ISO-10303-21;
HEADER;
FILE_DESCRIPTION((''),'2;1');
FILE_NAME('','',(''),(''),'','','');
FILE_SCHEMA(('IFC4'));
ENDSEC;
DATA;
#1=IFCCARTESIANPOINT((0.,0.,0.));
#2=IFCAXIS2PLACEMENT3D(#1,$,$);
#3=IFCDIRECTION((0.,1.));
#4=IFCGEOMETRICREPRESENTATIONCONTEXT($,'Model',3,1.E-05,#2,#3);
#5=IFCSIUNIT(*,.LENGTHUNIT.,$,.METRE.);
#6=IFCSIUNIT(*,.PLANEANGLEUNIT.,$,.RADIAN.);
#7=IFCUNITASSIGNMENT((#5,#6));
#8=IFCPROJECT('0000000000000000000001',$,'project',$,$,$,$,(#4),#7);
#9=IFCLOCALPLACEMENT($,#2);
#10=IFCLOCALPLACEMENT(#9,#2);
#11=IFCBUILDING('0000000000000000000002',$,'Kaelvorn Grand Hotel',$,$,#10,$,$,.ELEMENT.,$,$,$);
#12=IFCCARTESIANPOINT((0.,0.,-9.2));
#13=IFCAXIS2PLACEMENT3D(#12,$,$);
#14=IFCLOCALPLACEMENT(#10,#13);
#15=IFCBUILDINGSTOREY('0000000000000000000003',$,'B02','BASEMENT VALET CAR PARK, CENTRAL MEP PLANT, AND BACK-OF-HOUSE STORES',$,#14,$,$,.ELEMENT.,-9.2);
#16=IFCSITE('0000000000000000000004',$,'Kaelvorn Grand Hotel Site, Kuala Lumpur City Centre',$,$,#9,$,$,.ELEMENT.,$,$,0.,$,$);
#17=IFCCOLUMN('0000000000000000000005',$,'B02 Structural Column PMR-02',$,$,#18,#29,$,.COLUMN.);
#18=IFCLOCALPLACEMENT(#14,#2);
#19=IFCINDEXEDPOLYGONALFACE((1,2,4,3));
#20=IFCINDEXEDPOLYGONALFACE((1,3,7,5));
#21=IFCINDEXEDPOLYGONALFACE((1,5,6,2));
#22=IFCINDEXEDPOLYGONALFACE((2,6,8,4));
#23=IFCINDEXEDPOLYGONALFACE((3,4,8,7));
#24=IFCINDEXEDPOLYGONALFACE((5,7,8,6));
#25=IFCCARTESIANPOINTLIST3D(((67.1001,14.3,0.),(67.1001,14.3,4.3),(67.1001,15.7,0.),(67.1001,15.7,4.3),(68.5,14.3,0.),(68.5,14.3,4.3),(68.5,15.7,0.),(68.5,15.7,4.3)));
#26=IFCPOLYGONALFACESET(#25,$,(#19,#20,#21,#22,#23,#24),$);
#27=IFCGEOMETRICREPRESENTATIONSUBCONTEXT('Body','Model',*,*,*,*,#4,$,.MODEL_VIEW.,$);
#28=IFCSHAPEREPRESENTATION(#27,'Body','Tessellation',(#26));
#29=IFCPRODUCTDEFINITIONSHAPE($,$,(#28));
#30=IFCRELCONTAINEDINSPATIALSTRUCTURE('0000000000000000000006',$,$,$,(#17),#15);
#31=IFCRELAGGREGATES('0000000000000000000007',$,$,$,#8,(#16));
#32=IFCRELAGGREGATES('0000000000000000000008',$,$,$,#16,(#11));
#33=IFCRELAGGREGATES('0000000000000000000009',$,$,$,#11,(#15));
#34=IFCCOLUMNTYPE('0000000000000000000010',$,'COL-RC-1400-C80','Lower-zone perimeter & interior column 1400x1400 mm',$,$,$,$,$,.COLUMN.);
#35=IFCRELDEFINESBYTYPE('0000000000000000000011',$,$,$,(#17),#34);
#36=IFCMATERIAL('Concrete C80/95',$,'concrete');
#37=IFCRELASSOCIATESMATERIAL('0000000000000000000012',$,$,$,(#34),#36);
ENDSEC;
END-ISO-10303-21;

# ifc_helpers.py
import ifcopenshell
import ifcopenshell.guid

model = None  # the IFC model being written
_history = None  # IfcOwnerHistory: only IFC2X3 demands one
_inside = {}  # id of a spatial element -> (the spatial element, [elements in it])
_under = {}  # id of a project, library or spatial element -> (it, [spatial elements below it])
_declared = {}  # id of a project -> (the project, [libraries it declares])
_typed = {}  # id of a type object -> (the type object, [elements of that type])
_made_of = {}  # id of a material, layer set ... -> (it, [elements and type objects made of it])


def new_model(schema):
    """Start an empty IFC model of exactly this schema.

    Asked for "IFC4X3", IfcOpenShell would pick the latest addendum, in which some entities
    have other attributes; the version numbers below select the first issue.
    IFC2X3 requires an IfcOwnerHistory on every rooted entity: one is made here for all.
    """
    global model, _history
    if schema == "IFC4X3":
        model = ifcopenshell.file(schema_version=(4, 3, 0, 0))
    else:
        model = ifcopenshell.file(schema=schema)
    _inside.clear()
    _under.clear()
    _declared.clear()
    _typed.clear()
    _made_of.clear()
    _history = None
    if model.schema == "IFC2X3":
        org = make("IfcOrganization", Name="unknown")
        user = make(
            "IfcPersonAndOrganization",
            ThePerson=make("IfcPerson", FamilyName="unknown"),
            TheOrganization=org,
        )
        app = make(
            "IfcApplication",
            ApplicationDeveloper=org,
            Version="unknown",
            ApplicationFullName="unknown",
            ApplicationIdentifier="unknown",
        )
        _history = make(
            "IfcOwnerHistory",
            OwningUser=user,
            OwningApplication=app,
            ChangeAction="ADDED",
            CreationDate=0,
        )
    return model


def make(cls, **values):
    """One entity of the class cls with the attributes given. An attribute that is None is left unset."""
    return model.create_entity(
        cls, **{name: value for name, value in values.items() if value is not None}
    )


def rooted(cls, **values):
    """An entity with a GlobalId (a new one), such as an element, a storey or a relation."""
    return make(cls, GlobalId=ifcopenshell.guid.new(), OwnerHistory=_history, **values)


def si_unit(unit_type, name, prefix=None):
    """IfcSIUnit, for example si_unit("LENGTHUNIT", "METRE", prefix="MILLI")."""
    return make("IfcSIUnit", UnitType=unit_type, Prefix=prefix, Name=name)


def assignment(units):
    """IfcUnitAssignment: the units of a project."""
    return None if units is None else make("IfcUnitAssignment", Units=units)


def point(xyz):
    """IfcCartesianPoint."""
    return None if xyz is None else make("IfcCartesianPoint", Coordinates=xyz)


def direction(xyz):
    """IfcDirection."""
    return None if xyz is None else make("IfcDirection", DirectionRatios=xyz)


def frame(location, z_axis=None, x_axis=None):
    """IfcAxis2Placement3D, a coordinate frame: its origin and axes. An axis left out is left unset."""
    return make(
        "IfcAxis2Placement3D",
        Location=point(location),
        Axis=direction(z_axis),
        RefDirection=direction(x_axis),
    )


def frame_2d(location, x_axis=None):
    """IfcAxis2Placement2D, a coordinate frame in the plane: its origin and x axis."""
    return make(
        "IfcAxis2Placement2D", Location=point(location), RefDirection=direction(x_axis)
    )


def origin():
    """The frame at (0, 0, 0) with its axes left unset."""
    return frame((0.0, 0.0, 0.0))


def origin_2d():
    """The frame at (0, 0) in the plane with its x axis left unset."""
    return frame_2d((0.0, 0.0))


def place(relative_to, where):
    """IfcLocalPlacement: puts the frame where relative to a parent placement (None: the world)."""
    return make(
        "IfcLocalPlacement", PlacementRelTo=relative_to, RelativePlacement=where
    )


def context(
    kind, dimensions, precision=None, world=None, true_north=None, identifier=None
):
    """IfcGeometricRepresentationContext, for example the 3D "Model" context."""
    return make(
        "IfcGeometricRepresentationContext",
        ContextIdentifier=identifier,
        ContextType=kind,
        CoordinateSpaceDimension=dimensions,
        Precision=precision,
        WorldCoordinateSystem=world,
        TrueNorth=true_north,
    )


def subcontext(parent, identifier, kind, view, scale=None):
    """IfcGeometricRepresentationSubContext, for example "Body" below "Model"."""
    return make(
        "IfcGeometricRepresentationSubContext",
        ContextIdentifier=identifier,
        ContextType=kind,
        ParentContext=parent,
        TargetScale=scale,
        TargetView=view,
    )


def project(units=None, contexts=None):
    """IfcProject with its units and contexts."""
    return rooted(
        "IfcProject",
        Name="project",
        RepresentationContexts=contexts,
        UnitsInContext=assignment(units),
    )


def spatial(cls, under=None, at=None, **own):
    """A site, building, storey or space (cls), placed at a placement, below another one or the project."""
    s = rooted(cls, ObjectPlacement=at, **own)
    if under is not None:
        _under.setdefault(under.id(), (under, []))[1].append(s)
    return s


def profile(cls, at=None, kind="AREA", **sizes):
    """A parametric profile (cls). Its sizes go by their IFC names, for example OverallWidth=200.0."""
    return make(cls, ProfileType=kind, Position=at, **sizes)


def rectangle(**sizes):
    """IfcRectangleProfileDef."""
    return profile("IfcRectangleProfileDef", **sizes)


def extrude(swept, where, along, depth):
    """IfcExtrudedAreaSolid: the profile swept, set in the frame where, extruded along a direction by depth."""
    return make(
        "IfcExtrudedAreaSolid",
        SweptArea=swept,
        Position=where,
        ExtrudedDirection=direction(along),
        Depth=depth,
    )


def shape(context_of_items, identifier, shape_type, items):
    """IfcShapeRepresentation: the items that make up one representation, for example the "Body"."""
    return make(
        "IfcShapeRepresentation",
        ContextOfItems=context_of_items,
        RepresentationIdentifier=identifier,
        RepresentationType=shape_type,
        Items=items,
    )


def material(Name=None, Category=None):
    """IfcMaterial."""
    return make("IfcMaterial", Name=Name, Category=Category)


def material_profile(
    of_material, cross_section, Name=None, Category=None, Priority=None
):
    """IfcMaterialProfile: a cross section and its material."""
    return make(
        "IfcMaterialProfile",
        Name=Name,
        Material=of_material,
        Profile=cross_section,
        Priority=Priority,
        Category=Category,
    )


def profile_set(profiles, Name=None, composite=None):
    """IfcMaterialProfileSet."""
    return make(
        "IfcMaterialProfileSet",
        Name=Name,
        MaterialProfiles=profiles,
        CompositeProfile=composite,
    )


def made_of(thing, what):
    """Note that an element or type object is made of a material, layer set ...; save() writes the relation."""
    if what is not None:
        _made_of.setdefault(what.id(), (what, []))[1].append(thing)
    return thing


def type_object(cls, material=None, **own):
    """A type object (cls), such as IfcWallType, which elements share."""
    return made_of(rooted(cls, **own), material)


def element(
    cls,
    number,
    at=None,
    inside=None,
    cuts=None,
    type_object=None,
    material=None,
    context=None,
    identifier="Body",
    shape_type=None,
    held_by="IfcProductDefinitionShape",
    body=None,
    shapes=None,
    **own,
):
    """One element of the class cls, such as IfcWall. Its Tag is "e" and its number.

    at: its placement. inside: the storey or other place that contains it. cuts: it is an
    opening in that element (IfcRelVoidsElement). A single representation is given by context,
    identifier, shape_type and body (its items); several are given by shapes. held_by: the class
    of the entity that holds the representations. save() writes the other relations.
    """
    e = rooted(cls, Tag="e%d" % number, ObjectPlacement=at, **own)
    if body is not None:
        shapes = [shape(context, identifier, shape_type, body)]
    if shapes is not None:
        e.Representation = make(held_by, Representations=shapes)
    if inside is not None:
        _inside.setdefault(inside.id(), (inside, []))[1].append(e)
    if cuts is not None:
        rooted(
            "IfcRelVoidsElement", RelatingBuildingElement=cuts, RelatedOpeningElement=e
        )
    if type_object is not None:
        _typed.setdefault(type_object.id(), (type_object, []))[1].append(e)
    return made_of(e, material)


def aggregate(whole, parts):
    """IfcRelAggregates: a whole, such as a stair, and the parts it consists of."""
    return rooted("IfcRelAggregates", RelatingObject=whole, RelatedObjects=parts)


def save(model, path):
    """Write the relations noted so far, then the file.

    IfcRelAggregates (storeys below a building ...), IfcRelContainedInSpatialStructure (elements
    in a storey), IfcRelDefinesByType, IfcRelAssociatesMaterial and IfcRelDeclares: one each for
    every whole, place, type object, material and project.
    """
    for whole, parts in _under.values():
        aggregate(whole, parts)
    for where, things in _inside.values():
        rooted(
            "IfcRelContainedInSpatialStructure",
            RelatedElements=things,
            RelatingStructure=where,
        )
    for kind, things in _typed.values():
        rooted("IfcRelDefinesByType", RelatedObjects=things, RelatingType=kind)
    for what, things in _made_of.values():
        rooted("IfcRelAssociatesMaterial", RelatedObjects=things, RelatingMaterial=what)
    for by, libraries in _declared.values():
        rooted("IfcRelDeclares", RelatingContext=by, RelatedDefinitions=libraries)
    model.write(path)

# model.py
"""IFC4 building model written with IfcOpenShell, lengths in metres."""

from ifc_helpers import new_model, si_unit, direction, frame, origin, origin_2d, place, context, subcontext, project, spatial, rectangle, extrude, material, material_profile, profile_set, type_object, element, save


model = new_model("IFC4")

# Units and contexts
model_context = context("Model", 3, precision=1e-05, world=origin(), true_north=direction((0.0, 1.0)))
body_context = subcontext(model_context, "Body", "Model", "MODEL_VIEW")
ifc_project = project(units=[si_unit("LENGTHUNIT", "METRE"), si_unit("PLANEANGLEUNIT", "RADIAN")], contexts=[model_context])

# Site, building, storey
site_placement = place(None, origin())
site = spatial("IfcSite", under=ifc_project, at=site_placement, Name="Kaelvorn Grand Hotel Site, Kuala Lumpur City Centre", CompositionType="ELEMENT", RefElevation=0.0)
building_placement = place(site_placement, origin())
building = spatial("IfcBuilding", under=site, at=building_placement, Name="Kaelvorn Grand Hotel", CompositionType="ELEMENT")
storey_placement = place(building_placement, frame((0.0, 0.0, -9.2)))
storey = spatial("IfcBuildingStorey", under=building, at=storey_placement, Name="B02", Description="BASEMENT VALET CAR PARK, CENTRAL MEP PLANT, AND BACK-OF-HOUSE STORES", CompositionType="ELEMENT", Elevation=-9.2)

# Column
ifc_material_1 = material(Name="Concrete C80/95", Category="concrete")
ifc_material_profile_1 = material_profile(ifc_material_1, rectangle(XDim=1.3999, YDim=1.3999, at=origin_2d()), Name="RC COL 1400x1400")
ifc_profile_set_1 = profile_set([ifc_material_profile_1], Name="Concrete C80/95")
column_type_1 = type_object("IfcColumnType", Name="COL-RC-1400-C80", Description="Lower-zone perimeter & interior column 1400x1400 mm", PredefinedType="COLUMN", material=ifc_profile_set_1)
column_placement = place(storey_placement, frame((67.8, 15.0, 0.0), z_axis=(0.0, 0.0, 1.0), x_axis=(1.0, 0.0, 0.0)))
element("IfcColumn", 1, at=column_placement, inside=storey, type_object=column_type_1, Name="B02 Structural Column PMR-02", PredefinedType="COLUMN", context=body_context, shape_type="SweptSolid", body=[
    extrude(rectangle(XDim=1.3999, YDim=1.3999, at=origin_2d()), origin(), (0.0, 0.0, 1.0), 4.3),
])

save(model, "model.ifc")
